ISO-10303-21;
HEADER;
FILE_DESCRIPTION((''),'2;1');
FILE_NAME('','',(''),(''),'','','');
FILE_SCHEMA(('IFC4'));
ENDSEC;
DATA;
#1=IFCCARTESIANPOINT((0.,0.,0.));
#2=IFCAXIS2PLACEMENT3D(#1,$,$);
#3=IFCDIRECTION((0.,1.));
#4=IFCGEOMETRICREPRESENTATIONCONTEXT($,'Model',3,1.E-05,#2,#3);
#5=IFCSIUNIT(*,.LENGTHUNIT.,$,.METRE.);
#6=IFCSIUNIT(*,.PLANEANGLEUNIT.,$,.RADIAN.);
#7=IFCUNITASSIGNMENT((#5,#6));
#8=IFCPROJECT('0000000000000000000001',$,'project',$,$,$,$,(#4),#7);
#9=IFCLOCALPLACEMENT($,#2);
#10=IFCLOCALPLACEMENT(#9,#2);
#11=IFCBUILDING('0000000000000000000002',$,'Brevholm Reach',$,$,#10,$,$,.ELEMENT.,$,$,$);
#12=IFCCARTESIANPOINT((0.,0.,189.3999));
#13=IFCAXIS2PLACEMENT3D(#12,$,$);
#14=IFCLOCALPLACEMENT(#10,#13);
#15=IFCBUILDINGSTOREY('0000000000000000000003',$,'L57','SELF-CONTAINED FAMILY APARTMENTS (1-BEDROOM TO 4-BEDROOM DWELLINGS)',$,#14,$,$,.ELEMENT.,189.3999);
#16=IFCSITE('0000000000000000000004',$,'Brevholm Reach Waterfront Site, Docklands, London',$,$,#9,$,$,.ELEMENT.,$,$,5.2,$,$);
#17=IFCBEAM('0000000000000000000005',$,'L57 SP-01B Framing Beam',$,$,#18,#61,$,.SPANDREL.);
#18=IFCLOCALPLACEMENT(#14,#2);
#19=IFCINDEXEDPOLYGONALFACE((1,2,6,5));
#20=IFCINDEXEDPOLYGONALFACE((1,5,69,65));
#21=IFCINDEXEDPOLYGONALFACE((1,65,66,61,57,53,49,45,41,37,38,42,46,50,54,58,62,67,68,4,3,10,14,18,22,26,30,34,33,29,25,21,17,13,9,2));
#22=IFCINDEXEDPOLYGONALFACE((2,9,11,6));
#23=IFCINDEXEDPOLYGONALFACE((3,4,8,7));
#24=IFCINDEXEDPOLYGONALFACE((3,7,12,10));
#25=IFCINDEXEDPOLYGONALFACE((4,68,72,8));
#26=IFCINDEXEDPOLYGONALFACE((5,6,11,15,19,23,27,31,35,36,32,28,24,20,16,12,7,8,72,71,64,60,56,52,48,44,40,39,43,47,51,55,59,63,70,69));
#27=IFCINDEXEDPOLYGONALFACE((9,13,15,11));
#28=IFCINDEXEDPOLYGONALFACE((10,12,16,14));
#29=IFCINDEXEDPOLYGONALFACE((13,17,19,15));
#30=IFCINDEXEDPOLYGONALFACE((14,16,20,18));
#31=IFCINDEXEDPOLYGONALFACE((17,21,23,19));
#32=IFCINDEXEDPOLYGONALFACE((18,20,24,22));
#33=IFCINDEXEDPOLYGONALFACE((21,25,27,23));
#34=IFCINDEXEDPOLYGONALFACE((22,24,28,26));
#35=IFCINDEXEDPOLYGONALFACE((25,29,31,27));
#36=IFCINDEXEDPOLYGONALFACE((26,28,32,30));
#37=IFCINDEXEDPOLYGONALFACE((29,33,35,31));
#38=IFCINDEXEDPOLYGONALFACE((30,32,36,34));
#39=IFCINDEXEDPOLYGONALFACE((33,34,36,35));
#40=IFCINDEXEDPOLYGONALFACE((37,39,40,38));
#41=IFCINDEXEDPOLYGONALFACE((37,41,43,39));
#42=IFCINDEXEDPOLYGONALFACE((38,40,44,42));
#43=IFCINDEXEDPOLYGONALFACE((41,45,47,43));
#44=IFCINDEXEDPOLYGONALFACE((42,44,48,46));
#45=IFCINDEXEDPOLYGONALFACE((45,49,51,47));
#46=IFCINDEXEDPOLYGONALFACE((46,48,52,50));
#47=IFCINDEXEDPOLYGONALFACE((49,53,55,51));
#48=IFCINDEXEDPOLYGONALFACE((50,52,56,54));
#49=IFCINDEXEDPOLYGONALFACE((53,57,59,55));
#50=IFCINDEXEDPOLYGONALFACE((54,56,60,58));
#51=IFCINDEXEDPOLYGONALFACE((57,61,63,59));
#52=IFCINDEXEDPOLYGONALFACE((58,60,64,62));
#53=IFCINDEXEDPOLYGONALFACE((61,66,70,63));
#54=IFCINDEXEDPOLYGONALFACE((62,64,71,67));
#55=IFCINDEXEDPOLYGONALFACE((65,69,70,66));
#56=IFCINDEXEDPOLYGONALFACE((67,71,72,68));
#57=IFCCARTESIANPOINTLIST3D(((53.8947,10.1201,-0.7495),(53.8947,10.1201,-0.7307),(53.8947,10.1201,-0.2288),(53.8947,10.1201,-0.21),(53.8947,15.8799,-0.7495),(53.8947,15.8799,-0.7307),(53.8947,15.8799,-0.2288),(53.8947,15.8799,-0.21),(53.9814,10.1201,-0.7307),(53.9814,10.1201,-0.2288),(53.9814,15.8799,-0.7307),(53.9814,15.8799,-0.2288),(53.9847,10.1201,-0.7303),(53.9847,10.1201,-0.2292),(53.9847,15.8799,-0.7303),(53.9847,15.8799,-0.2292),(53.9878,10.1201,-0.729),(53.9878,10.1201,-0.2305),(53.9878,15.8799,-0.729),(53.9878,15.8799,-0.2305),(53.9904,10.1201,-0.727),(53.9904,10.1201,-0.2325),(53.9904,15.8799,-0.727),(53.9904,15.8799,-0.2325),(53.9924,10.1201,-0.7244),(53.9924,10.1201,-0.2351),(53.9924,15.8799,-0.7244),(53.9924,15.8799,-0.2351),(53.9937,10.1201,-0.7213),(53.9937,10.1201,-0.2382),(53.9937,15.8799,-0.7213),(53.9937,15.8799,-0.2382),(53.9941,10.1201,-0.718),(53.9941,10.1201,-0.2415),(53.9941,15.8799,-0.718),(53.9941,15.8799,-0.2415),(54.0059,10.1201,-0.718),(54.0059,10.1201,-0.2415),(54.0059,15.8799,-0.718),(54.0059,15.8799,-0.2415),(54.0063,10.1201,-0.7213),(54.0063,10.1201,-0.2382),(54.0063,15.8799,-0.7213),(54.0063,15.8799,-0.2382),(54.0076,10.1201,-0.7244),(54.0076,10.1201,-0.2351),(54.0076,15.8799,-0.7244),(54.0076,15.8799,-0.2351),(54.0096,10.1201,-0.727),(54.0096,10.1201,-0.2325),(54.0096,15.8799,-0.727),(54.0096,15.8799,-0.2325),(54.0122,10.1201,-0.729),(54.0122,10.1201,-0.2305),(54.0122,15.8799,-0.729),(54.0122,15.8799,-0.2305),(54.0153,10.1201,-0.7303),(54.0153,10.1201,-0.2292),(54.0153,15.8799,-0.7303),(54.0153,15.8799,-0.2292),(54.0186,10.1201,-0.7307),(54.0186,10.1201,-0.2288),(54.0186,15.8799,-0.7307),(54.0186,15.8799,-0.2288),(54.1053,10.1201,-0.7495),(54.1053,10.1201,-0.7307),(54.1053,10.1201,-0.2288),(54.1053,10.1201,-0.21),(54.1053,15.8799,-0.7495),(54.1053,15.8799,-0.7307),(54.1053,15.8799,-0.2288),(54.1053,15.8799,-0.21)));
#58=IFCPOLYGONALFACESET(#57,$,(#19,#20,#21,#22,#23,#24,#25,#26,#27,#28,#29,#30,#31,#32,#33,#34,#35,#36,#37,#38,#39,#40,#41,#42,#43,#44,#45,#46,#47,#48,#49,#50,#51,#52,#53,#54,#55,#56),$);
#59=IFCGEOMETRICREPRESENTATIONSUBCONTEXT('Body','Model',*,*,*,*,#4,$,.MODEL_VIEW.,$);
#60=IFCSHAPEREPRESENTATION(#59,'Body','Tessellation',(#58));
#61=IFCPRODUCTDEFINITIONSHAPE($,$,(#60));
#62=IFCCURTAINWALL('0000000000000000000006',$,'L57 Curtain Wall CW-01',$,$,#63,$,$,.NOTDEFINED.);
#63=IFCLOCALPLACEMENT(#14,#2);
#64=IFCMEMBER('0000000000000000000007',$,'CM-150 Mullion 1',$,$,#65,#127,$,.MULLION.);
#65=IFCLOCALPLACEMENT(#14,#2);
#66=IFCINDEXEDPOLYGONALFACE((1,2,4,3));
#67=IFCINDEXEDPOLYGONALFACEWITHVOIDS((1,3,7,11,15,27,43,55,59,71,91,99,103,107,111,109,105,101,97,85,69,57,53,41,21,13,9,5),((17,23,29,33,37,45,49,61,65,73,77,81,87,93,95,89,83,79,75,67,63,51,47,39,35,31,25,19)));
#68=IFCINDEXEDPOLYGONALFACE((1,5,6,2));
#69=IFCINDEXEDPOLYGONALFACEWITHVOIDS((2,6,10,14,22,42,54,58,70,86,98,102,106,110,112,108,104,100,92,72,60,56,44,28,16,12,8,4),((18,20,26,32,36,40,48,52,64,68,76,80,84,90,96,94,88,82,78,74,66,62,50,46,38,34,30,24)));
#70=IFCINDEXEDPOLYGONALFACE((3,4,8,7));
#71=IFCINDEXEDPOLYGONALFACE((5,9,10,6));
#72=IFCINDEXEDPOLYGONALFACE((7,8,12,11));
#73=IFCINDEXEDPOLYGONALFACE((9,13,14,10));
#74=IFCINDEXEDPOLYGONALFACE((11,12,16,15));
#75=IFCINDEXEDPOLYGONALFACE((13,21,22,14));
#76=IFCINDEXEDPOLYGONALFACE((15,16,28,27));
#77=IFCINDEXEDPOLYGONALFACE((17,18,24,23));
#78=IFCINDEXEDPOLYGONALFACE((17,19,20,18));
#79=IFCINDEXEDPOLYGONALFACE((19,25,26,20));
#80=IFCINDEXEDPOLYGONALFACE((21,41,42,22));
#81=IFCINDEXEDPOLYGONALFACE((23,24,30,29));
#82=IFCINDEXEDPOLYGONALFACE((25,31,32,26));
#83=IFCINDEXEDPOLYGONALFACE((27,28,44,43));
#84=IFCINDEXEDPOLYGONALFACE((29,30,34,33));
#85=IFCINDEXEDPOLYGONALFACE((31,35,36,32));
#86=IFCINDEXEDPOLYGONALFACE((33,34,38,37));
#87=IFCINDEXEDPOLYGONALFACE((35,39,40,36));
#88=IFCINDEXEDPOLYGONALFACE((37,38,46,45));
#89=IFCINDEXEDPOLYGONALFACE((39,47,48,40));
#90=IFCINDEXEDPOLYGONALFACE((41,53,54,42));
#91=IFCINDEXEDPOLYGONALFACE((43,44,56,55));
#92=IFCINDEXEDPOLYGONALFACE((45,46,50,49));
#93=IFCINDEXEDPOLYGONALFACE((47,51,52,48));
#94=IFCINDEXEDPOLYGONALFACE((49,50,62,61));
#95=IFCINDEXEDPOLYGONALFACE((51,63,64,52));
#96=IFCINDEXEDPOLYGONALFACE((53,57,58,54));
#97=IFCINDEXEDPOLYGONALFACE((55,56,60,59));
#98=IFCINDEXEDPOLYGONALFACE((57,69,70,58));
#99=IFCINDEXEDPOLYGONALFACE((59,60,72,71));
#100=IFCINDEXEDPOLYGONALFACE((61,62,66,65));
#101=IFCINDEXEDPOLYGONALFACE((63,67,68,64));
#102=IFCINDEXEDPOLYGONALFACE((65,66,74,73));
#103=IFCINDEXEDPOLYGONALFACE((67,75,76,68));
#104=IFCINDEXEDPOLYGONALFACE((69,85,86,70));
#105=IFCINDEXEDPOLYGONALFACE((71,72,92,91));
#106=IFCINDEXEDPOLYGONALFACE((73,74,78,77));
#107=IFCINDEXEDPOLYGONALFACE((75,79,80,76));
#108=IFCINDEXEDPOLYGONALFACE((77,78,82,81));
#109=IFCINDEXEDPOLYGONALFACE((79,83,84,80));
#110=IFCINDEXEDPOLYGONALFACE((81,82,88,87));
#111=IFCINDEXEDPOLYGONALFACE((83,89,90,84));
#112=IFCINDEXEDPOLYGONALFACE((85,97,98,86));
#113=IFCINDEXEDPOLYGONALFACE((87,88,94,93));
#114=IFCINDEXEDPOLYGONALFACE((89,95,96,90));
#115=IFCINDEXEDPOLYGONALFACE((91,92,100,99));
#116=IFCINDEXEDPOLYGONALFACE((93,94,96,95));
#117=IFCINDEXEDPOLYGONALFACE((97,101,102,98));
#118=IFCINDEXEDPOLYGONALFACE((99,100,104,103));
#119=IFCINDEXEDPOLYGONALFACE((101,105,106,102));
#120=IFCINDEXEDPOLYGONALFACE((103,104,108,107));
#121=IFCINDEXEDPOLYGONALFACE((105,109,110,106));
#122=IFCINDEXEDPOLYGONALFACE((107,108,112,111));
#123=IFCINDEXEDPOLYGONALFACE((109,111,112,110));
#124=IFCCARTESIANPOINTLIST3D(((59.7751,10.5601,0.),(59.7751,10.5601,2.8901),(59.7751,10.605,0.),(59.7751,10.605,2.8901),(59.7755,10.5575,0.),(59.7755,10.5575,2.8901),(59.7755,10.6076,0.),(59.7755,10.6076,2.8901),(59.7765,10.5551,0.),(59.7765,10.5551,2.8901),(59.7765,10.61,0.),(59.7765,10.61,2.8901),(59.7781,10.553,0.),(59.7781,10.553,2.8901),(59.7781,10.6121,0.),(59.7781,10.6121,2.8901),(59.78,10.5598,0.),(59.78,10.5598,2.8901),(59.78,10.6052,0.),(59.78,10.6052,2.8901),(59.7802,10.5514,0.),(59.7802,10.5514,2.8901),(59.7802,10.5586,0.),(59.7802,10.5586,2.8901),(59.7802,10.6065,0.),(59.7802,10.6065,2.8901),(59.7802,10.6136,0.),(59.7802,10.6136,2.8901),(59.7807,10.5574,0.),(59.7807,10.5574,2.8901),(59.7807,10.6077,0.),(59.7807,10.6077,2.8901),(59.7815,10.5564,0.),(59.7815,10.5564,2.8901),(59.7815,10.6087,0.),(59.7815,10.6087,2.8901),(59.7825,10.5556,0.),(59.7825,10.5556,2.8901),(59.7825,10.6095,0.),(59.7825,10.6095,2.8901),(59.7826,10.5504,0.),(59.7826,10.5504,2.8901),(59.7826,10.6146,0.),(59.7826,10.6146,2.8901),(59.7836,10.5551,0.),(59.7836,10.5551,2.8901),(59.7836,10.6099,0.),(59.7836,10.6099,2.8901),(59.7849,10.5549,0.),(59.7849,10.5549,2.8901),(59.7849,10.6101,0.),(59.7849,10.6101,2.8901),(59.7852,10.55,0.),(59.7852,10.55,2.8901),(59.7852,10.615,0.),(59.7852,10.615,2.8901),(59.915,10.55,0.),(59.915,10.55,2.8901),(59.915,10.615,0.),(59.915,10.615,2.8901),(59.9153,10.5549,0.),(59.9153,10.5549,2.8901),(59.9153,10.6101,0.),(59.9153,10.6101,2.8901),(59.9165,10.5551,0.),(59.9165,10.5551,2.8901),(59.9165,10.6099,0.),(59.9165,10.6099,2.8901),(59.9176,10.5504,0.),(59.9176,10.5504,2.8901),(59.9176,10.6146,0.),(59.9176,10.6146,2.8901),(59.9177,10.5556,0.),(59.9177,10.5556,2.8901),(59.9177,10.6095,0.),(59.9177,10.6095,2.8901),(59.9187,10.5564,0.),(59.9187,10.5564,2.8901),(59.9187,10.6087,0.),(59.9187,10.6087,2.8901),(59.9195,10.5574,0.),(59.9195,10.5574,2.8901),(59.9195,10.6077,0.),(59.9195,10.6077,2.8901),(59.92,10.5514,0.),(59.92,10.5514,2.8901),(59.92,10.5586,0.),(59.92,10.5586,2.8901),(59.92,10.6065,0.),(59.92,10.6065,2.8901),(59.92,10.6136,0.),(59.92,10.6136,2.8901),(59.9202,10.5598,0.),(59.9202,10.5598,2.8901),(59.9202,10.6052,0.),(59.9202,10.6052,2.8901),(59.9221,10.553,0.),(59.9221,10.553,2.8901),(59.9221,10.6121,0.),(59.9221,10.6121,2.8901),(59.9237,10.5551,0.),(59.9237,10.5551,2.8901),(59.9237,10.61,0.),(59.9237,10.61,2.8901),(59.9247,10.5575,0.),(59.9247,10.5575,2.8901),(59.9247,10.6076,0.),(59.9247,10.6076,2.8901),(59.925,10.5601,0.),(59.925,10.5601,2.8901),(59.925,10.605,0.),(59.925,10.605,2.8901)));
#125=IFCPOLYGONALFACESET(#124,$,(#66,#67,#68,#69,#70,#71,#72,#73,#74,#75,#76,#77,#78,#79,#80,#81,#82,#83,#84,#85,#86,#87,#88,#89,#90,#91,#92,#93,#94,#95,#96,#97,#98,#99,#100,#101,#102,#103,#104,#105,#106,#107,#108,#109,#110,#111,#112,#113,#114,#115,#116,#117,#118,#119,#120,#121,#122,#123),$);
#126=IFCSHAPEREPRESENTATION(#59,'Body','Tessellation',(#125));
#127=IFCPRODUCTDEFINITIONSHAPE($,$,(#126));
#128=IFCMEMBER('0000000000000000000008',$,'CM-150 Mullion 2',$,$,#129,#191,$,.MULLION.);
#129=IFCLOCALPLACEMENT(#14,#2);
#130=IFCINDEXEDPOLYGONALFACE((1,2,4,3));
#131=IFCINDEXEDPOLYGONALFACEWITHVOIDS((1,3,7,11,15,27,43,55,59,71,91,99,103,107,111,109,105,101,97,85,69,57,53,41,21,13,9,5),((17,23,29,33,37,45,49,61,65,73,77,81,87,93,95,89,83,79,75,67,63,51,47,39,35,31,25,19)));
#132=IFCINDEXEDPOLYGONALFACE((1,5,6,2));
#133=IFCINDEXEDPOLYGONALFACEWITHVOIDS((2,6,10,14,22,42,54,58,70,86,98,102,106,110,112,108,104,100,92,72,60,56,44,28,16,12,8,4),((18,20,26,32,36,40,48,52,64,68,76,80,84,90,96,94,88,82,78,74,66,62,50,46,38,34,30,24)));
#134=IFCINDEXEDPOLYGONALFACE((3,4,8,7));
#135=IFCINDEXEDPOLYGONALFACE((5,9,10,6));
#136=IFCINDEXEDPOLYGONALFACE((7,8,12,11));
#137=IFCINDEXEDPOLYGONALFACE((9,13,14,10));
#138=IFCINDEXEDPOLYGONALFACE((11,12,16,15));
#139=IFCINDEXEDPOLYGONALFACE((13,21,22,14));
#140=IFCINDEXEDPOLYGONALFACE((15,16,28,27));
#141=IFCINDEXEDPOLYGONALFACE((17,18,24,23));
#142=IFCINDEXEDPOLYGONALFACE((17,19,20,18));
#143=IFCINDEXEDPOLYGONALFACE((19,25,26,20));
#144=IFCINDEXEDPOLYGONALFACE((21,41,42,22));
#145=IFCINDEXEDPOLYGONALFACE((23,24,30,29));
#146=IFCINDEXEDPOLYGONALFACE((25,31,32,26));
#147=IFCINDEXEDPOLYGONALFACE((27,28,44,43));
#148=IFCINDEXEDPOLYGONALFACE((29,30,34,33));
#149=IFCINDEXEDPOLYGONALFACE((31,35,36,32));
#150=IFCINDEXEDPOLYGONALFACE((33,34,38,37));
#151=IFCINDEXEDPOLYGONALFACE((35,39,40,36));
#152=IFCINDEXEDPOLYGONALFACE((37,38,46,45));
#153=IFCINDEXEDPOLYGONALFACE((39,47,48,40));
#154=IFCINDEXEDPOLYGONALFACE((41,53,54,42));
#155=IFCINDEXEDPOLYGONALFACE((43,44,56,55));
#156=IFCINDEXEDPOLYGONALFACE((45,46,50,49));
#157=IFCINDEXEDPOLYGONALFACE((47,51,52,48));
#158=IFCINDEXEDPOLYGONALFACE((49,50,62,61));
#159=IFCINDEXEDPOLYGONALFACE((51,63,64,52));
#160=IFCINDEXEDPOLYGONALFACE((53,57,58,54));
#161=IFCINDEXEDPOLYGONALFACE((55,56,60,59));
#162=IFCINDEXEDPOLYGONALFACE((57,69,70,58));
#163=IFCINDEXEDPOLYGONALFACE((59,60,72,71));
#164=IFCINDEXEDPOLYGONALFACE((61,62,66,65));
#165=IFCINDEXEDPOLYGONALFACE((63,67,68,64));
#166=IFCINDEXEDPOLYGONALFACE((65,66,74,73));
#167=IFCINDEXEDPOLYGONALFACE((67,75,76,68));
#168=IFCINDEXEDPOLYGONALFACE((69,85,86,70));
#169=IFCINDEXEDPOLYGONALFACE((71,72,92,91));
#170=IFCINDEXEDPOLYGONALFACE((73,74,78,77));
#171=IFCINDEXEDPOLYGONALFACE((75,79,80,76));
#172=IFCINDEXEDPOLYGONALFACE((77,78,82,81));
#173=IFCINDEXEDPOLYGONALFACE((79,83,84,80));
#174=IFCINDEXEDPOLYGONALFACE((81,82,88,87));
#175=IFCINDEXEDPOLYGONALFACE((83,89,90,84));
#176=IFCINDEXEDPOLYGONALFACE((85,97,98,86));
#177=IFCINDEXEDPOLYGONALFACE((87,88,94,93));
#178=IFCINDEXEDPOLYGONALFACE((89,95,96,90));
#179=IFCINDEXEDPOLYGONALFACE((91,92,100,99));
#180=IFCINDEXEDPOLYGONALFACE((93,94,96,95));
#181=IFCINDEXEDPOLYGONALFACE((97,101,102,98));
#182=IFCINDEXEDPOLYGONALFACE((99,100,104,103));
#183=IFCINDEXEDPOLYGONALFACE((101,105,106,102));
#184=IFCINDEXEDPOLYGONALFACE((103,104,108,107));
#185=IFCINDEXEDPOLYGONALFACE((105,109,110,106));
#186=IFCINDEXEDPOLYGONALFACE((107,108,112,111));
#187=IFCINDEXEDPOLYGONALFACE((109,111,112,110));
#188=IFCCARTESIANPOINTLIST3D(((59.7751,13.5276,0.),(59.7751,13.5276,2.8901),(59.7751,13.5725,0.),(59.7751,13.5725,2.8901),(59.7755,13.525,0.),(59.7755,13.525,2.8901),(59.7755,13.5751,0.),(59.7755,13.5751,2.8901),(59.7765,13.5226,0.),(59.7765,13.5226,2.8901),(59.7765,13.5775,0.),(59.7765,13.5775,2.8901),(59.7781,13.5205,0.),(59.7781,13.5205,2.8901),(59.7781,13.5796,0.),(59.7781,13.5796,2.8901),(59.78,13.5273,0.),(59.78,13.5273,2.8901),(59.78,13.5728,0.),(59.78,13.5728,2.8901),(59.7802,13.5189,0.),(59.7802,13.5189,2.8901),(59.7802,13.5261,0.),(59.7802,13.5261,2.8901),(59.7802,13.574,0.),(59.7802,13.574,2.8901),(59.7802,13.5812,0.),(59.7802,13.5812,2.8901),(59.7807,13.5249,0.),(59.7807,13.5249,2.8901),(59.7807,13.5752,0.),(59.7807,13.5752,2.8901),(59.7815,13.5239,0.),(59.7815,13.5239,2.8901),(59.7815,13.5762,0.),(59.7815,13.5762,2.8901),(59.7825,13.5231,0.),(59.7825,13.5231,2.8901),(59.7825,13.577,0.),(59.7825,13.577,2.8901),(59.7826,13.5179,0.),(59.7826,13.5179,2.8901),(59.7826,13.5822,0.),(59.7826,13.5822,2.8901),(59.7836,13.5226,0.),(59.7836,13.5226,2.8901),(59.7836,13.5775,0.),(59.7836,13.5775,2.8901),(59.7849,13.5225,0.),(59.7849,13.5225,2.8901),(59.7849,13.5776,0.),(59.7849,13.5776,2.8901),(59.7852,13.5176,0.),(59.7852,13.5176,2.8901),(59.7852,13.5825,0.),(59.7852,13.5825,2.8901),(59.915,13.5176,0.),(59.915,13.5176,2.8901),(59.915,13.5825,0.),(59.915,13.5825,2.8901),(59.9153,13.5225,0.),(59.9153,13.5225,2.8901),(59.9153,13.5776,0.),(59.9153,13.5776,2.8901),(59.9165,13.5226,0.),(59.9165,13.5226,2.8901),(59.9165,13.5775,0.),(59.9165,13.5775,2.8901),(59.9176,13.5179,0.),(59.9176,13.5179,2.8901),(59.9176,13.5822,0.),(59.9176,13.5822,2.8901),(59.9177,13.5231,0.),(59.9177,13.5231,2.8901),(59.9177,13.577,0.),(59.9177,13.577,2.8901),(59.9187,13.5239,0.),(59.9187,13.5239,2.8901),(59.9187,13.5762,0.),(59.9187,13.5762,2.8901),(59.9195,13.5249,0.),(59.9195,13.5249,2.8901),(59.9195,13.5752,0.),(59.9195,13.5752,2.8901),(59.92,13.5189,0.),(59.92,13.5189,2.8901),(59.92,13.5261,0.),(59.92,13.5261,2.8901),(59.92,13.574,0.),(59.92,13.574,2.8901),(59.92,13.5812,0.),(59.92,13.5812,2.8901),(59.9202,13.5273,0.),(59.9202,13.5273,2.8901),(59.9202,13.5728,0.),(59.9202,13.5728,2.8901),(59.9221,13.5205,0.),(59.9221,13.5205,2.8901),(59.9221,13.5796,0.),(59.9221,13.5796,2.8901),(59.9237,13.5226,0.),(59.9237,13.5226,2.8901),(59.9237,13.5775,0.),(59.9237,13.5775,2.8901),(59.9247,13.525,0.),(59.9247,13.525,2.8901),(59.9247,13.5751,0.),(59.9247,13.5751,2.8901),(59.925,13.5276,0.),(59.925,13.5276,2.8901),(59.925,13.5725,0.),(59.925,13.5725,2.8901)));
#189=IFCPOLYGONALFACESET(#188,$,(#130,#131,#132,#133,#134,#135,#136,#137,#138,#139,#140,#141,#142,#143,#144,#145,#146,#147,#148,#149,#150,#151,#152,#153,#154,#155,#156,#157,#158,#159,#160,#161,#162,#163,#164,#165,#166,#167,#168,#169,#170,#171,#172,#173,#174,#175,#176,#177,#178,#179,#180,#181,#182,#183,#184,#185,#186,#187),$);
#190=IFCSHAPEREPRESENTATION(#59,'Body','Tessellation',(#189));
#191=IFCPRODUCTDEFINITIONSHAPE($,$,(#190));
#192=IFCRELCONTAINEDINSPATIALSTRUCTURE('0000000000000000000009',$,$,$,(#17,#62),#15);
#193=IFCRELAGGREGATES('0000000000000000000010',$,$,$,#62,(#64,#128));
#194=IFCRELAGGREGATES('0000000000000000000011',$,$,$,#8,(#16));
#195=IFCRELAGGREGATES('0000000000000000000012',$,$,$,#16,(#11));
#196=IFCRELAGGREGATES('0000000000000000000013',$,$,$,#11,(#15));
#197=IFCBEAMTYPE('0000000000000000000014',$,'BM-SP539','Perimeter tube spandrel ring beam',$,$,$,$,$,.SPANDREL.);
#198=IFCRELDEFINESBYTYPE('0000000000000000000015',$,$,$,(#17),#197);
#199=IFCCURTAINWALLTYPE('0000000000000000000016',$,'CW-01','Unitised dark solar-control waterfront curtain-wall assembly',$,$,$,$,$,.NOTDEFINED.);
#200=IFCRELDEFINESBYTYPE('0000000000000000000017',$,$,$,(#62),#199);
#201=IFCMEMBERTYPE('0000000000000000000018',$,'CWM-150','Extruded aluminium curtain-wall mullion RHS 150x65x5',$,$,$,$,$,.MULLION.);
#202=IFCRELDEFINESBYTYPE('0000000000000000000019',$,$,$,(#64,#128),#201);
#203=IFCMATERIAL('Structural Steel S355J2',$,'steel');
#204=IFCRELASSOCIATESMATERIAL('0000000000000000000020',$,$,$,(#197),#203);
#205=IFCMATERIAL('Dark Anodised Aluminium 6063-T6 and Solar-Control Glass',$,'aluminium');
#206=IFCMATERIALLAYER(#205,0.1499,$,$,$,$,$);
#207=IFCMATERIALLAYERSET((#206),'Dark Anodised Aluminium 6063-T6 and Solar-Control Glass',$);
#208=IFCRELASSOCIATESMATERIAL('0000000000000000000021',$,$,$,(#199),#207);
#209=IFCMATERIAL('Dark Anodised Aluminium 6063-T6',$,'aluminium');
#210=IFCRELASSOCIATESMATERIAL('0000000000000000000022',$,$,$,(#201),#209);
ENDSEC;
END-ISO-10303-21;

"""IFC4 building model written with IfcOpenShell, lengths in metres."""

from ifc_helpers import new_model, si_unit, direction, frame, origin, origin_2d, place, context, subcontext, project, spatial, hollow_rectangle, i_section, extrude, material, layer, layer_set, material_profile, profile_set, type_object, element, aggregate, save


model = new_model("IFC4")

# Units and contexts
model_context = context("Model", 3, precision=1e-05, world=origin(), true_north=direction((0.0, 1.0)))
body_context = subcontext(model_context, "Body", "Model", "MODEL_VIEW")
ifc_project = project(units=[si_unit("LENGTHUNIT", "METRE"), si_unit("PLANEANGLEUNIT", "RADIAN")], contexts=[model_context])

# Site, building, storey
site_placement = place(None, origin())
site = spatial("IfcSite", under=ifc_project, at=site_placement, Name="Brevholm Reach Waterfront Site, Docklands, London", CompositionType="ELEMENT", RefElevation=5.2)
building_placement = place(site_placement, origin())
building = spatial("IfcBuilding", under=site, at=building_placement, Name="Brevholm Reach", CompositionType="ELEMENT")
storey_placement = place(building_placement, frame((0.0, 0.0, 189.3999)))
storey = spatial("IfcBuildingStorey", under=building, at=storey_placement, Name="L57", Description="SELF-CONTAINED FAMILY APARTMENTS (1-BEDROOM TO 4-BEDROOM DWELLINGS)", CompositionType="ELEMENT", Elevation=189.3999)

# Beam
ifc_material_1 = material(Name="Structural Steel S355J2", Category="steel")
ifc_material_profile_1 = material_profile(ifc_material_1, i_section(OverallWidth=0.2107, OverallDepth=0.5396, WebThickness=0.0117, FlangeThickness=0.0188, FilletRadius=0.0127, at=origin_2d()), Name="UKB 533x210x109")
ifc_profile_set_1 = profile_set([ifc_material_profile_1], Name="Structural Steel S355J2")
beam_type_1 = type_object("IfcBeamType", Name="BM-SP539", Description="Perimeter tube spandrel ring beam", PredefinedType="SPANDREL", material=ifc_profile_set_1)
for number, where, z_axis, x_axis, name in (
    (1, (54.0, 10.1201, -0.4797), (0.0, 1.0, 0.0), (-1.0, 0.0, 0.0), "L57 SP-01B Framing Beam"),
):
    element("IfcBeam", number, at=place(storey_placement, frame(where, z_axis=z_axis, x_axis=x_axis)), inside=storey, type_object=beam_type_1, Name=name, PredefinedType="SPANDREL", context=body_context, shape_type="SweptSolid", body=[
        extrude(i_section(OverallWidth=0.2107, OverallDepth=0.5396, WebThickness=0.0117, FlangeThickness=0.0188, FilletRadius=0.0127, at=origin_2d()), origin(), (0.0, 0.0, 1.0), 5.7598),
    ])

# Curtain wall, members
ifc_material_2 = material(Name="Dark Anodised Aluminium 6063-T6 and Solar-Control Glass", Category="aluminium")
ifc_layer_1 = layer(ifc_material_2, 0.1499)
ifc_layer_set_1 = layer_set([ifc_layer_1], Name="Dark Anodised Aluminium 6063-T6 and Solar-Control Glass")
curtain_wall_type = type_object("IfcCurtainWallType", Name="CW-01", Description="Unitised dark solar-control waterfront curtain-wall assembly", PredefinedType="NOTDEFINED", material=ifc_layer_set_1)
curtain_wall_placement = place(storey_placement, origin())
curtain_wall = element("IfcCurtainWall", 2, at=curtain_wall_placement, inside=storey, type_object=curtain_wall_type, Name="L57 Curtain Wall CW-01", PredefinedType="NOTDEFINED")
ifc_material_3 = material(Name="Dark Anodised Aluminium 6063-T6", Category="aluminium")
ifc_material_profile_2 = material_profile(ifc_material_3, hollow_rectangle(XDim=0.0649, YDim=0.1499, WallThickness=0.0049, InnerFilletRadius=0.0049, OuterFilletRadius=0.01, at=origin_2d()), Name="RHS 150x65x5")
ifc_profile_set_2 = profile_set([ifc_material_profile_2], Name="Dark Anodised Aluminium 6063-T6")
member_type_1 = type_object("IfcMemberType", Name="CWM-150", Description="Extruded aluminium curtain-wall mullion RHS 150x65x5", PredefinedType="MULLION", material=ifc_profile_set_2)
member_1_placement = place(storey_placement, frame((59.8501, 10.5825, 0.0), z_axis=(0.0, 0.0, 1.0), x_axis=(0.0, 1.0, 0.0)))
member_1 = element("IfcMember", 3, at=member_1_placement, type_object=member_type_1, Name="CM-150 Mullion 1", PredefinedType="MULLION", context=body_context, shape_type="SweptSolid", body=[
    extrude(hollow_rectangle(XDim=0.0649, YDim=0.1499, WallThickness=0.0049, InnerFilletRadius=0.0049, OuterFilletRadius=0.01, at=origin_2d()), origin(), (0.0, 0.0, 1.0), 2.8901),
])
member_2_placement = place(storey_placement, frame((59.8501, 13.55, 0.0), z_axis=(0.0, 0.0, 1.0), x_axis=(0.0, 1.0, 0.0)))
member_2 = element("IfcMember", 4, at=member_2_placement, type_object=member_type_1, Name="CM-150 Mullion 2", PredefinedType="MULLION", context=body_context, shape_type="SweptSolid", body=[
    extrude(hollow_rectangle(XDim=0.0649, YDim=0.1499, WallThickness=0.0049, InnerFilletRadius=0.0049, OuterFilletRadius=0.01, at=origin_2d()), origin(), (0.0, 0.0, 1.0), 2.8901),
])
aggregate(curtain_wall, [member_1, member_2])

save(model, "model.ifc")
